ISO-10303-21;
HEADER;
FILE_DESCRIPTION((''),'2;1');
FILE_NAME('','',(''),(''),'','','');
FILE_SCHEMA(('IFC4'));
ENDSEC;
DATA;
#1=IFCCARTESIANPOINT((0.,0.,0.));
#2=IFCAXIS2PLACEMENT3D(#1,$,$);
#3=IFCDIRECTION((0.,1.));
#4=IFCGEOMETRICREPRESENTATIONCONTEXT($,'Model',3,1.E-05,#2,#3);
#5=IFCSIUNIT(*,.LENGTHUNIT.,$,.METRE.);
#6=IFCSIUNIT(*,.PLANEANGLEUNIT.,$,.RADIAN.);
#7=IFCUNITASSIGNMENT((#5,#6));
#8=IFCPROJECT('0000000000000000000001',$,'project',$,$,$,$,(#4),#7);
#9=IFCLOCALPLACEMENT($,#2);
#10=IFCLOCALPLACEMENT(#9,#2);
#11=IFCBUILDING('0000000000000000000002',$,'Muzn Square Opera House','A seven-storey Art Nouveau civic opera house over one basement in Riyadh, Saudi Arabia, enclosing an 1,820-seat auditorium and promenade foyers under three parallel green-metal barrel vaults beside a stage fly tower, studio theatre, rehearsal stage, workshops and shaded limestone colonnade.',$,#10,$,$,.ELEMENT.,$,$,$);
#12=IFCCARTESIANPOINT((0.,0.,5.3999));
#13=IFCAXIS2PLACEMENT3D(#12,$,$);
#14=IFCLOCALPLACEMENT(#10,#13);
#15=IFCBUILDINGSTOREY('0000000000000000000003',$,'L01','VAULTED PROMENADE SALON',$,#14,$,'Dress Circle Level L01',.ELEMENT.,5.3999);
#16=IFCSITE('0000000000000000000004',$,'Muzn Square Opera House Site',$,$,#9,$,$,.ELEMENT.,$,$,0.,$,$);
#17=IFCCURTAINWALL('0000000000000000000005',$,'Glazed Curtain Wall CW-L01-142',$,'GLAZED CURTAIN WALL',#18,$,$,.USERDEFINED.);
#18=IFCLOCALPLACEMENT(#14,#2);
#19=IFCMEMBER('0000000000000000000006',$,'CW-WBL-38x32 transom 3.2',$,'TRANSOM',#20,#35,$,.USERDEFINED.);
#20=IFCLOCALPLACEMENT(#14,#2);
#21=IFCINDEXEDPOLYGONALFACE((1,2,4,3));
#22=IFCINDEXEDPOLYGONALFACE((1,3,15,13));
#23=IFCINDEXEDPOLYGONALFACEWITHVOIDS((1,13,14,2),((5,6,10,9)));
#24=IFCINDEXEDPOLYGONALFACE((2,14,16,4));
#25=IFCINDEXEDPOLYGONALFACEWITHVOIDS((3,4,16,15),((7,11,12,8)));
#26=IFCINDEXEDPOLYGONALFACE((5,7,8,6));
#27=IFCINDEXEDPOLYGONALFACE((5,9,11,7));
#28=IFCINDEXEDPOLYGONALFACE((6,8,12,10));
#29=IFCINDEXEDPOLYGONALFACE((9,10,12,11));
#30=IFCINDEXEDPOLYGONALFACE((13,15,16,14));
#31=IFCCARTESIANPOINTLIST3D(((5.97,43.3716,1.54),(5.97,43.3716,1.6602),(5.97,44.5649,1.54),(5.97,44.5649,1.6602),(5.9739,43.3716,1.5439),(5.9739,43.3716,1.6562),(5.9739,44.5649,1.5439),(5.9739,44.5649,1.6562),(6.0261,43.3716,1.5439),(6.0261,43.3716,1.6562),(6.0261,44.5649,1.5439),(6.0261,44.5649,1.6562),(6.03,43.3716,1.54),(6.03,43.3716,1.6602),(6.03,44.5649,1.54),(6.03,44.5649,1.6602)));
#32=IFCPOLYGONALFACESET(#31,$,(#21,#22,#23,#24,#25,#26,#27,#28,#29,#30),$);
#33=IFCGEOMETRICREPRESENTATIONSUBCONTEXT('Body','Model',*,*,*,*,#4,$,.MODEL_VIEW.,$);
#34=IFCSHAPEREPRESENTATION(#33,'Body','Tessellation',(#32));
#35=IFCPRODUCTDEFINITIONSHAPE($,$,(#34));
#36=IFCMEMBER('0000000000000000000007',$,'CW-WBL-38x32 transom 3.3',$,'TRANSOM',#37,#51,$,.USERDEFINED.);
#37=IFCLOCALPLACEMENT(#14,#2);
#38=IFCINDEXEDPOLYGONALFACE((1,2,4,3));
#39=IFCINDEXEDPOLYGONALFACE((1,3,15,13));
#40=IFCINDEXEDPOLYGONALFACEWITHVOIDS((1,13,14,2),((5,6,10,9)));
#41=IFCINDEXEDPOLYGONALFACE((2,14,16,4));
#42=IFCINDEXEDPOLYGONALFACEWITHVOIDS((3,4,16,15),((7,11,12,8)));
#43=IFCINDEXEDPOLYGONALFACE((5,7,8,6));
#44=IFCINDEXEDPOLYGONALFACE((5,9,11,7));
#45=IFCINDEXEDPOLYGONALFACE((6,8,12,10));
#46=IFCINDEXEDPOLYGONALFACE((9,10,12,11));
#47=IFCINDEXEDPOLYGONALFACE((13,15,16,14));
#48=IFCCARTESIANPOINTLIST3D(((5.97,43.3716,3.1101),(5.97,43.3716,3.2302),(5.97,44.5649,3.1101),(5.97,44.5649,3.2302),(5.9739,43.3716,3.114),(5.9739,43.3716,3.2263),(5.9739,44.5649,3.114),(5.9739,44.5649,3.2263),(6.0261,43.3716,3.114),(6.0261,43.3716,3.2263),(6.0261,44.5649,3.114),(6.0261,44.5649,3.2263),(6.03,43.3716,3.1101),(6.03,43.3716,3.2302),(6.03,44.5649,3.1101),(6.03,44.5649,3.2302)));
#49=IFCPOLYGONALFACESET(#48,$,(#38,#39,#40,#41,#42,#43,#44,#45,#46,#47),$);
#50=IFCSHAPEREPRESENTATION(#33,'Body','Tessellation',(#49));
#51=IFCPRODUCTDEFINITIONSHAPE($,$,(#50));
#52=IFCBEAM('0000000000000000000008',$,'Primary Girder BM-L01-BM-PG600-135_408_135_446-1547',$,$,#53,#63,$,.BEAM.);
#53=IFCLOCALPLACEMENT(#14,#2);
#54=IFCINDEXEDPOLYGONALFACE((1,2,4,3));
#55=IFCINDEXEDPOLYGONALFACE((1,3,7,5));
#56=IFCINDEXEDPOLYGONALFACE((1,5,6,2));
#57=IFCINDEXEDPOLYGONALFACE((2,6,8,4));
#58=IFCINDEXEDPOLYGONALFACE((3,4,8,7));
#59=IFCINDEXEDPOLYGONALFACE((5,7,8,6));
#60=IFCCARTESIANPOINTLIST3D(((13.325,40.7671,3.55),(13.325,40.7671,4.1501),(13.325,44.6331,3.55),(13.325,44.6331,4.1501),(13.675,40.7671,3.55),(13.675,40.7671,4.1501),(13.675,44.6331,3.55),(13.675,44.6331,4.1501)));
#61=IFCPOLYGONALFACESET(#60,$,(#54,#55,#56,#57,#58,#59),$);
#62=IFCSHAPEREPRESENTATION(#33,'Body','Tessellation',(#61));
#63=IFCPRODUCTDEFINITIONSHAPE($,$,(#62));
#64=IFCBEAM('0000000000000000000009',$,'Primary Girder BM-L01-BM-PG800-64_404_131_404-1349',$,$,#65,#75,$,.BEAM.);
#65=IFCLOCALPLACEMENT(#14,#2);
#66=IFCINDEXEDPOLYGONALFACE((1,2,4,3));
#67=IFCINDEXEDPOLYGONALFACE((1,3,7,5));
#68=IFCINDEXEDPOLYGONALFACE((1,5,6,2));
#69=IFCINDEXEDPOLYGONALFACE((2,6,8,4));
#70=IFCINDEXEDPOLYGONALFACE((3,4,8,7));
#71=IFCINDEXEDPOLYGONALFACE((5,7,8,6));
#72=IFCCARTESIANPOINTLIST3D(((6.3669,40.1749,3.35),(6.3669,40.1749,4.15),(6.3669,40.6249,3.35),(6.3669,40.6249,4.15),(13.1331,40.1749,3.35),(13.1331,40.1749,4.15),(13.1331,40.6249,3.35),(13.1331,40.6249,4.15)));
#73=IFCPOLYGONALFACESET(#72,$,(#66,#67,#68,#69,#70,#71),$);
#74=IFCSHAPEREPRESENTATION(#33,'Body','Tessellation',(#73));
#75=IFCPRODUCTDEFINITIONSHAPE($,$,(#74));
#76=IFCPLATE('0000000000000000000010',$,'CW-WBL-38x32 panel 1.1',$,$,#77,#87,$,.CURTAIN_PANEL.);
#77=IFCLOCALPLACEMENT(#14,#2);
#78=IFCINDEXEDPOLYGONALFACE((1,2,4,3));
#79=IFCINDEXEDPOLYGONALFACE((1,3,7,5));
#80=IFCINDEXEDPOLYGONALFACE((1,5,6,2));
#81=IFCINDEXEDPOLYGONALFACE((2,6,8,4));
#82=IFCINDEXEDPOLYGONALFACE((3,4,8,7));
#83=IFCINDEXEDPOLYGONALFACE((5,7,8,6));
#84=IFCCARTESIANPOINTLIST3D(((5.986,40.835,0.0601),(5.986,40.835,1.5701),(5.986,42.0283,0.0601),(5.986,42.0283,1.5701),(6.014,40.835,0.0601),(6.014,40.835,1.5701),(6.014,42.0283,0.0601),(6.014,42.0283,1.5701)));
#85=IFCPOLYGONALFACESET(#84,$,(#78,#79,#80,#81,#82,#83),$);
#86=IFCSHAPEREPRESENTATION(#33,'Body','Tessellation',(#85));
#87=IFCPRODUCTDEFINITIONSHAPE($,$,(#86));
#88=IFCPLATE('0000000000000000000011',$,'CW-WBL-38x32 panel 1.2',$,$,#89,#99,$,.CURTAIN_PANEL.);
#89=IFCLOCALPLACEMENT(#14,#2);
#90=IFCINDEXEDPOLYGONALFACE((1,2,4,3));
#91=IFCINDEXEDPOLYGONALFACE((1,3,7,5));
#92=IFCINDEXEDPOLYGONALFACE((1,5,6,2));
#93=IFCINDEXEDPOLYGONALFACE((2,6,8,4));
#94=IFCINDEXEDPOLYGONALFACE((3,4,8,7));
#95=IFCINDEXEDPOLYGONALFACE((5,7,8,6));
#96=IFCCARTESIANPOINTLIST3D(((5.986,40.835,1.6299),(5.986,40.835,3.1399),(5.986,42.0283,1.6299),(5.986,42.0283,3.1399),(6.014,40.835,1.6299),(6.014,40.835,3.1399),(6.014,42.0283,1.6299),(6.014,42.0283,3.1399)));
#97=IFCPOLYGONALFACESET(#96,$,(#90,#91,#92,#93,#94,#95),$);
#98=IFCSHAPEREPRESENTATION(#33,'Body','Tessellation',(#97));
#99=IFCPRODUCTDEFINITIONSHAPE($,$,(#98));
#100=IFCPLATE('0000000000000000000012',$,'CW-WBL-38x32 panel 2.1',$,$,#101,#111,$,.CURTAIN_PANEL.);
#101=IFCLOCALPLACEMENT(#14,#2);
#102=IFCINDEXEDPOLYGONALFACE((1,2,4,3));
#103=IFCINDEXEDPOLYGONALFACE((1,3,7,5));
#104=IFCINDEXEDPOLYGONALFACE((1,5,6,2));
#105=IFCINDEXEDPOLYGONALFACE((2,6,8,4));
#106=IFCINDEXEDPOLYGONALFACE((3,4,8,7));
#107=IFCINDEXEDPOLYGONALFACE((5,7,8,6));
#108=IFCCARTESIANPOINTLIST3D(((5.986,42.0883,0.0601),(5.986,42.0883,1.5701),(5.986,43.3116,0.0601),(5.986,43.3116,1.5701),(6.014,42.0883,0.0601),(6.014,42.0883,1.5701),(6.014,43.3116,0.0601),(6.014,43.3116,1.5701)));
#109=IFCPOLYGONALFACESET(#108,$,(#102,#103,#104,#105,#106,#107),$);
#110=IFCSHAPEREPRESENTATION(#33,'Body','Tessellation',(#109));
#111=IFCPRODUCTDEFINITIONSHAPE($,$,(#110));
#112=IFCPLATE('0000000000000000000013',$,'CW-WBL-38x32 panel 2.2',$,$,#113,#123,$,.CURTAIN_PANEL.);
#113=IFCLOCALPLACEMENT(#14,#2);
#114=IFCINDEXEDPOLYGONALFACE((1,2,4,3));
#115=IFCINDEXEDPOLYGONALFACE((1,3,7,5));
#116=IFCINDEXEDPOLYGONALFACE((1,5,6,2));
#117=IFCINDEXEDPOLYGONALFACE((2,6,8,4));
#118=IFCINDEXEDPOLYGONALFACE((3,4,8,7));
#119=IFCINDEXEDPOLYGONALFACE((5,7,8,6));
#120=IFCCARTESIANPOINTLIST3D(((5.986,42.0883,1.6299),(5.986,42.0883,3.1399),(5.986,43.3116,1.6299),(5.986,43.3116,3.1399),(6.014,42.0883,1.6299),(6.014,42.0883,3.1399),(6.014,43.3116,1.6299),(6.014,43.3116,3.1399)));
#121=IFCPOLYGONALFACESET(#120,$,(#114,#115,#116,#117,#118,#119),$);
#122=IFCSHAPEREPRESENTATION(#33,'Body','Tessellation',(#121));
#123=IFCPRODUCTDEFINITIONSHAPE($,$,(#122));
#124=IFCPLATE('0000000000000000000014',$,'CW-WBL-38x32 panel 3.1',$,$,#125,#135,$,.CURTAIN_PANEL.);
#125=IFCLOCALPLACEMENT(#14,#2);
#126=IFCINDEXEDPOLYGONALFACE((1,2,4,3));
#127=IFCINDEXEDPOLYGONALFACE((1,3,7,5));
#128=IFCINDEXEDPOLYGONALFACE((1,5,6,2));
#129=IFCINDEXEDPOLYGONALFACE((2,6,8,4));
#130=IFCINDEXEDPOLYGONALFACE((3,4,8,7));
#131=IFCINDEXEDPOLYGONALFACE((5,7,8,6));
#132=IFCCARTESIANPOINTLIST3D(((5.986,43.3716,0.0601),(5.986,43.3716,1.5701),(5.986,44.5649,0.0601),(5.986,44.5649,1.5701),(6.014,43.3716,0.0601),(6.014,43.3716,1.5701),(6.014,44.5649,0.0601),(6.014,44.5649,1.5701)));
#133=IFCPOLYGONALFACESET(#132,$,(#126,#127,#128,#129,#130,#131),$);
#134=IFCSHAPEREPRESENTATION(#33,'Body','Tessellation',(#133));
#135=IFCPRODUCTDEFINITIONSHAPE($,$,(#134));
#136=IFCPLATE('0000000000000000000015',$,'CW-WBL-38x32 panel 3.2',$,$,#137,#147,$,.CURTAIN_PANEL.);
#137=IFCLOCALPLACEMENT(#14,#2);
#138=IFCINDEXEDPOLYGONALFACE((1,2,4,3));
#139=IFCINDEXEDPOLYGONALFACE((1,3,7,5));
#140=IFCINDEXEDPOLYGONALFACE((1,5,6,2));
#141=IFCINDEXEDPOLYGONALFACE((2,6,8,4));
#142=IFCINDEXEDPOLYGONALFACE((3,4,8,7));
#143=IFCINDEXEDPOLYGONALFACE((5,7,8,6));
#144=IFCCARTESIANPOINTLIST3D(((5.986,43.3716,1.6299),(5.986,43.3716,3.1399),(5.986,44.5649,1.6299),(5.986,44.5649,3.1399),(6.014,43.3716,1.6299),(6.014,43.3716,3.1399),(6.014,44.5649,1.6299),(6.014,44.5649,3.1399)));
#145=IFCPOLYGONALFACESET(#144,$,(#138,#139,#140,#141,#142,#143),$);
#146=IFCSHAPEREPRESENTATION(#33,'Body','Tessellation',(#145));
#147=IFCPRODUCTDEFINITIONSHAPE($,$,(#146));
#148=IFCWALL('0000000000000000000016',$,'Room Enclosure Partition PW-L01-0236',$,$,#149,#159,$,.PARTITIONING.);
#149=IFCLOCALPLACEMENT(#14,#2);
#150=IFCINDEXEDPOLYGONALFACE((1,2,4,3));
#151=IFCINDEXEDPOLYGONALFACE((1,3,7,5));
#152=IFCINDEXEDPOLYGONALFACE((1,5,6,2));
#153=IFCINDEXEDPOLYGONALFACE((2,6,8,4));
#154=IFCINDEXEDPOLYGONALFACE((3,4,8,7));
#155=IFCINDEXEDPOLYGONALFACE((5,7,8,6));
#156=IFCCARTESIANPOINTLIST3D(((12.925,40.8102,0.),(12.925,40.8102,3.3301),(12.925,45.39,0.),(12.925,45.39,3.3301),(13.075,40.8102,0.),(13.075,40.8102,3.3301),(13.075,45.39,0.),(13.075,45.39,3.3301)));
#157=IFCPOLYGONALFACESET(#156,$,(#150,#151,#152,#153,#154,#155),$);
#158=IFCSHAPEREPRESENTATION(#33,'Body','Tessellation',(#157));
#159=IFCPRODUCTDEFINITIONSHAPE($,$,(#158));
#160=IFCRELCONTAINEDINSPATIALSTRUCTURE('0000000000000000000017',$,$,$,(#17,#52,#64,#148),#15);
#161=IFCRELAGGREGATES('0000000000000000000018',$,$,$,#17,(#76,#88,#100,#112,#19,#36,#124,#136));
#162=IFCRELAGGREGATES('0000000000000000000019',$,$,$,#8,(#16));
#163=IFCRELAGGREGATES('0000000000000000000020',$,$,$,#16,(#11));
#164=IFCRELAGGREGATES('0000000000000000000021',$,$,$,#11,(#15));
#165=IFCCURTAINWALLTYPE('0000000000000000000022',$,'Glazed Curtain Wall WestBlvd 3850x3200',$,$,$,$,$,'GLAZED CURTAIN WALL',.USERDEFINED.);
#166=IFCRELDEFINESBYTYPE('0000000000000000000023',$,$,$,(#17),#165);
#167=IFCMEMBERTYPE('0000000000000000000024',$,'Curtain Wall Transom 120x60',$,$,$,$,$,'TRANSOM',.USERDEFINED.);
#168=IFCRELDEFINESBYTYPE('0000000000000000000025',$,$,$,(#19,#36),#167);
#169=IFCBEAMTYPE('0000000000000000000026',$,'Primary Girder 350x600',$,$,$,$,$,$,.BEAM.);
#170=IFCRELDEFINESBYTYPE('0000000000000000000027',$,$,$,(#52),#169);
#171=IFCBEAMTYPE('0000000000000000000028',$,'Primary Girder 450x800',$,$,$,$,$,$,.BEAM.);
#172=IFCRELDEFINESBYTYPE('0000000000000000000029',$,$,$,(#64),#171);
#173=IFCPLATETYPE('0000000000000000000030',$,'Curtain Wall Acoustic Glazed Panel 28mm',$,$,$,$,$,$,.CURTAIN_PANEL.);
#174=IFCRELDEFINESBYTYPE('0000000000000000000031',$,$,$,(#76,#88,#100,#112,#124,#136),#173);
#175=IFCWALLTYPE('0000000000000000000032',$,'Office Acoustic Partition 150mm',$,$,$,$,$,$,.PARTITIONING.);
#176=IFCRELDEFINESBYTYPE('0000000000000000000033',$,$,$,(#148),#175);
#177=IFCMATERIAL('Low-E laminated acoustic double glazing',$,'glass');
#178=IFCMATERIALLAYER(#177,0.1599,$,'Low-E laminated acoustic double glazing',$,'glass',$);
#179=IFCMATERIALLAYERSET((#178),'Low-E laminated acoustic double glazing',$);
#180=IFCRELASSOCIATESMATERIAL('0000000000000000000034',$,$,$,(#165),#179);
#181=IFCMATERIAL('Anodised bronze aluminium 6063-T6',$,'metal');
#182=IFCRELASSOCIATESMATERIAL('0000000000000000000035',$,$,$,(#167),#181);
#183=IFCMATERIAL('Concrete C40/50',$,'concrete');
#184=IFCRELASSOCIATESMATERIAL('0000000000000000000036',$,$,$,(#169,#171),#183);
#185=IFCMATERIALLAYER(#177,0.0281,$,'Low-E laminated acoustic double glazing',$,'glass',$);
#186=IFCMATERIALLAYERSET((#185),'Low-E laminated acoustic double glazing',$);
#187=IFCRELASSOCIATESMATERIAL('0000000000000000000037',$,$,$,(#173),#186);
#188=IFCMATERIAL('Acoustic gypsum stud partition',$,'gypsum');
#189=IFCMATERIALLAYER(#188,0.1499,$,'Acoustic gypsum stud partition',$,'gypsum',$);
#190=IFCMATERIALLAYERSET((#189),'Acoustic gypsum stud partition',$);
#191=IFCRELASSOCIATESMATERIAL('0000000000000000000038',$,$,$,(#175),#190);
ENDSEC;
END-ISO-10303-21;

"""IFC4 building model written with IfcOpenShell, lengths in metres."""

from ifc_helpers import new_model, si_unit, direction, frame, frame_2d, origin, origin_2d, place, context, subcontext, project, spatial, rectangle, hollow_rectangle, extrude, material, layer, layer_set, material_profile, profile_set, type_object, element, aggregate, save


model = new_model("IFC4")

# Units and contexts
model_context = context("Model", 3, precision=1e-05, world=origin(), true_north=direction((0.0, 1.0)))
body_context = subcontext(model_context, "Body", "Model", "MODEL_VIEW")
ifc_project = project(units=[si_unit("LENGTHUNIT", "METRE"), si_unit("PLANEANGLEUNIT", "RADIAN")], contexts=[model_context])

# Site, building, storey
site_placement = place(None, origin())
site = spatial("IfcSite", under=ifc_project, at=site_placement, Name="Muzn Square Opera House Site", CompositionType="ELEMENT", RefElevation=0.0)
building_placement = place(site_placement, origin())
building = spatial("IfcBuilding", under=site, at=building_placement, Name="Muzn Square Opera House", Description="A seven-storey Art Nouveau civic opera house over one basement in Riyadh, Saudi Arabia, enclosing an 1,820-seat auditorium and promenade foyers under three parallel green-metal barrel vaults beside a stage fly tower, studio theatre, rehearsal stage, workshops and shaded limestone colonnade.", CompositionType="ELEMENT")
storey_placement = place(building_placement, frame((0.0, 0.0, 5.3999)))
storey = spatial("IfcBuildingStorey", under=building, at=storey_placement, Name="L01", Description="VAULTED PROMENADE SALON", LongName="Dress Circle Level L01", CompositionType="ELEMENT", Elevation=5.3999)

# Curtain wall, members
ifc_material_1 = material(Name="Low-E laminated acoustic double glazing", Category="glass")
ifc_layer_1 = layer(ifc_material_1, 0.1599, Name="Low-E laminated acoustic double glazing", Category="glass")
ifc_layer_set_1 = layer_set([ifc_layer_1], Name="Low-E laminated acoustic double glazing")
curtain_wall_type = type_object("IfcCurtainWallType", Name="Glazed Curtain Wall WestBlvd 3850x3200", ElementType="GLAZED CURTAIN WALL", PredefinedType="USERDEFINED", material=ifc_layer_set_1)
curtain_wall_placement = place(storey_placement, origin())
curtain_wall = element("IfcCurtainWall", 1, at=curtain_wall_placement, inside=storey, type_object=curtain_wall_type, Name="Glazed Curtain Wall CW-L01-142", ObjectType="GLAZED CURTAIN WALL", PredefinedType="USERDEFINED")
ifc_material_2 = material(Name="Anodised bronze aluminium 6063-T6", Category="metal")
ifc_material_profile_1 = material_profile(ifc_material_2, hollow_rectangle(XDim=0.0601, YDim=0.1201, WallThickness=0.0039, at=origin_2d()), Name="ALU 120x60x4", Category="metal")
ifc_profile_set_1 = profile_set([ifc_material_profile_1], Name="Anodised bronze aluminium 6063-T6")
member_type_1 = type_object("IfcMemberType", Name="Curtain Wall Transom 120x60", ElementType="TRANSOM", PredefinedType="USERDEFINED", material=ifc_profile_set_1)
member_1_placement = place(storey_placement, frame((6.0, 43.3716, 1.6001), z_axis=(0.0, 1.0, 0.0), x_axis=(-1.0, 0.0, 0.0)))
member_1 = element("IfcMember", 2, at=member_1_placement, type_object=member_type_1, Name="CW-WBL-38x32 transom 3.2", ObjectType="TRANSOM", PredefinedType="USERDEFINED", context=body_context, shape_type="SweptSolid", body=[
    extrude(hollow_rectangle(XDim=0.0601, YDim=0.1201, WallThickness=0.0039, at=origin_2d()), origin(), (0.0, 0.0, 1.0), 1.1934),
])
member_2_placement = place(storey_placement, frame((6.0, 43.3716, 3.1702), z_axis=(0.0, 1.0, 0.0), x_axis=(-1.0, 0.0, 0.0)))
member_2 = element("IfcMember", 3, at=member_2_placement, type_object=member_type_1, Name="CW-WBL-38x32 transom 3.3", ObjectType="TRANSOM", PredefinedType="USERDEFINED", context=body_context, shape_type="SweptSolid", body=[
    extrude(hollow_rectangle(XDim=0.0601, YDim=0.1201, WallThickness=0.0039, at=origin_2d()), origin(), (0.0, 0.0, 1.0), 1.1934),
])

# Beams
ifc_material_3 = material(Name="Concrete C40/50", Category="concrete")
ifc_material_profile_2 = material_profile(ifc_material_3, rectangle(XDim=0.3501, YDim=0.6001, at=origin_2d()), Name="RCB 350x600", Category="concrete")
ifc_profile_set_2 = profile_set([ifc_material_profile_2], Name="Concrete C40/50")
beam_type_1 = type_object("IfcBeamType", Name="Primary Girder 350x600", PredefinedType="BEAM", material=ifc_profile_set_2)
beam_1_placement = place(storey_placement, frame((13.5, 40.7671, 3.8501), z_axis=(0.0, 1.0, 0.0), x_axis=(-1.0, 0.0, 0.0)))
element("IfcBeam", 4, at=beam_1_placement, inside=storey, type_object=beam_type_1, Name="Primary Girder BM-L01-BM-PG600-135_408_135_446-1547", PredefinedType="BEAM", context=body_context, shape_type="SweptSolid", body=[
    extrude(rectangle(XDim=0.3501, YDim=0.6001, at=origin_2d()), origin(), (0.0, 0.0, 1.0), 3.866),
])
ifc_material_profile_3 = material_profile(ifc_material_3, rectangle(XDim=0.45, YDim=0.8, at=origin_2d()), Name="RCB 450x800", Category="concrete")
ifc_profile_set_3 = profile_set([ifc_material_profile_3], Name="Concrete C40/50")
beam_type_2 = type_object("IfcBeamType", Name="Primary Girder 450x800", PredefinedType="BEAM", material=ifc_profile_set_3)
beam_2_placement = place(storey_placement, frame((6.3669, 40.3999, 3.75), z_axis=(1.0, 0.0, 0.0), x_axis=(0.0, 1.0, 0.0)))
element("IfcBeam", 5, at=beam_2_placement, inside=storey, type_object=beam_type_2, Name="Primary Girder BM-L01-BM-PG800-64_404_131_404-1349", PredefinedType="BEAM", context=body_context, shape_type="SweptSolid", body=[
    extrude(rectangle(XDim=0.45, YDim=0.8, at=origin_2d()), origin(), (0.0, 0.0, 1.0), 6.7661),
])

# Plates
ifc_layer_2 = layer(ifc_material_1, 0.0281, Name="Low-E laminated acoustic double glazing", Category="glass")
ifc_layer_set_2 = layer_set([ifc_layer_2], Name="Low-E laminated acoustic double glazing")
plate_type = type_object("IfcPlateType", Name="Curtain Wall Acoustic Glazed Panel 28mm", PredefinedType="CURTAIN_PANEL", material=ifc_layer_set_2)
plate_1_placement = place(storey_placement, frame((6.0, 41.4316, 0.0601), z_axis=(0.0, 0.0, 1.0), x_axis=(0.0, 1.0, 0.0)))
plate_1 = element("IfcPlate", 6, at=plate_1_placement, type_object=plate_type, Name="CW-WBL-38x32 panel 1.1", PredefinedType="CURTAIN_PANEL", context=body_context, shape_type="SweptSolid", body=[
    extrude(rectangle(XDim=1.1934, YDim=0.0281, at=origin_2d()), origin(), (0.0, 0.0, 1.0), 1.51),
])
plate_2_placement = place(storey_placement, frame((6.0, 41.4316, 1.6299), z_axis=(0.0, 0.0, 1.0), x_axis=(0.0, 1.0, 0.0)))
plate_2 = element("IfcPlate", 7, at=plate_2_placement, type_object=plate_type, Name="CW-WBL-38x32 panel 1.2", PredefinedType="CURTAIN_PANEL", context=body_context, shape_type="SweptSolid", body=[
    extrude(rectangle(XDim=1.1934, YDim=0.0281, at=origin_2d()), origin(), (0.0, 0.0, 1.0), 1.51),
])
plate_3_placement = place(storey_placement, frame((6.0, 42.7, 0.0601), z_axis=(0.0, 0.0, 1.0), x_axis=(0.0, 1.0, 0.0)))
plate_3 = element("IfcPlate", 8, at=plate_3_placement, type_object=plate_type, Name="CW-WBL-38x32 panel 2.1", PredefinedType="CURTAIN_PANEL", context=body_context, shape_type="SweptSolid", body=[
    extrude(rectangle(XDim=1.2234, YDim=0.0281, at=origin_2d()), origin(), (0.0, 0.0, 1.0), 1.51),
])
plate_4_placement = place(storey_placement, frame((6.0, 42.7, 1.6299), z_axis=(0.0, 0.0, 1.0), x_axis=(0.0, 1.0, 0.0)))
plate_4 = element("IfcPlate", 9, at=plate_4_placement, type_object=plate_type, Name="CW-WBL-38x32 panel 2.2", PredefinedType="CURTAIN_PANEL", context=body_context, shape_type="SweptSolid", body=[
    extrude(rectangle(XDim=1.2234, YDim=0.0281, at=origin_2d()), origin(), (0.0, 0.0, 1.0), 1.51),
])
plate_5_placement = place(storey_placement, frame((6.0, 43.9683, 0.0601), z_axis=(0.0, 0.0, 1.0), x_axis=(0.0, 1.0, 0.0)))
plate_5 = element("IfcPlate", 10, at=plate_5_placement, type_object=plate_type, Name="CW-WBL-38x32 panel 3.1", PredefinedType="CURTAIN_PANEL", context=body_context, shape_type="SweptSolid", body=[
    extrude(rectangle(XDim=1.1934, YDim=0.0281, at=origin_2d()), origin(), (0.0, 0.0, 1.0), 1.51),
])
plate_6_placement = place(storey_placement, frame((6.0, 43.9683, 1.6299), z_axis=(0.0, 0.0, 1.0), x_axis=(0.0, 1.0, 0.0)))
plate_6 = element("IfcPlate", 11, at=plate_6_placement, type_object=plate_type, Name="CW-WBL-38x32 panel 3.2", PredefinedType="CURTAIN_PANEL", context=body_context, shape_type="SweptSolid", body=[
    extrude(rectangle(XDim=1.1934, YDim=0.0281, at=origin_2d()), origin(), (0.0, 0.0, 1.0), 1.51),
])
aggregate(curtain_wall, [plate_1, plate_2, plate_3, plate_4, member_1, member_2, plate_5, plate_6])

# Wall
ifc_material_4 = material(Name="Acoustic gypsum stud partition", Category="gypsum")
ifc_layer_3 = layer(ifc_material_4, 0.1499, Name="Acoustic gypsum stud partition", Category="gypsum")
ifc_layer_set_3 = layer_set([ifc_layer_3], Name="Acoustic gypsum stud partition")
wall_type = type_object("IfcWallType", Name="Office Acoustic Partition 150mm", PredefinedType="PARTITIONING", material=ifc_layer_set_3)
wall_placement = place(storey_placement, frame((13.0, 40.8101, 0.0), z_axis=(0.0, 0.0, 1.0), x_axis=(0.0, 1.0, 0.0)))
element("IfcWall", 12, at=wall_placement, inside=storey, type_object=wall_type, Name="Room Enclosure Partition PW-L01-0236", PredefinedType="PARTITIONING", context=body_context, shape_type="SweptSolid", body=[
    extrude(rectangle(XDim=4.5798, YDim=0.1499, at=frame_2d((2.29, 0.0))), origin(), (0.0, 0.0, 1.0), 3.3301),
])

save(model, "model.ifc")
